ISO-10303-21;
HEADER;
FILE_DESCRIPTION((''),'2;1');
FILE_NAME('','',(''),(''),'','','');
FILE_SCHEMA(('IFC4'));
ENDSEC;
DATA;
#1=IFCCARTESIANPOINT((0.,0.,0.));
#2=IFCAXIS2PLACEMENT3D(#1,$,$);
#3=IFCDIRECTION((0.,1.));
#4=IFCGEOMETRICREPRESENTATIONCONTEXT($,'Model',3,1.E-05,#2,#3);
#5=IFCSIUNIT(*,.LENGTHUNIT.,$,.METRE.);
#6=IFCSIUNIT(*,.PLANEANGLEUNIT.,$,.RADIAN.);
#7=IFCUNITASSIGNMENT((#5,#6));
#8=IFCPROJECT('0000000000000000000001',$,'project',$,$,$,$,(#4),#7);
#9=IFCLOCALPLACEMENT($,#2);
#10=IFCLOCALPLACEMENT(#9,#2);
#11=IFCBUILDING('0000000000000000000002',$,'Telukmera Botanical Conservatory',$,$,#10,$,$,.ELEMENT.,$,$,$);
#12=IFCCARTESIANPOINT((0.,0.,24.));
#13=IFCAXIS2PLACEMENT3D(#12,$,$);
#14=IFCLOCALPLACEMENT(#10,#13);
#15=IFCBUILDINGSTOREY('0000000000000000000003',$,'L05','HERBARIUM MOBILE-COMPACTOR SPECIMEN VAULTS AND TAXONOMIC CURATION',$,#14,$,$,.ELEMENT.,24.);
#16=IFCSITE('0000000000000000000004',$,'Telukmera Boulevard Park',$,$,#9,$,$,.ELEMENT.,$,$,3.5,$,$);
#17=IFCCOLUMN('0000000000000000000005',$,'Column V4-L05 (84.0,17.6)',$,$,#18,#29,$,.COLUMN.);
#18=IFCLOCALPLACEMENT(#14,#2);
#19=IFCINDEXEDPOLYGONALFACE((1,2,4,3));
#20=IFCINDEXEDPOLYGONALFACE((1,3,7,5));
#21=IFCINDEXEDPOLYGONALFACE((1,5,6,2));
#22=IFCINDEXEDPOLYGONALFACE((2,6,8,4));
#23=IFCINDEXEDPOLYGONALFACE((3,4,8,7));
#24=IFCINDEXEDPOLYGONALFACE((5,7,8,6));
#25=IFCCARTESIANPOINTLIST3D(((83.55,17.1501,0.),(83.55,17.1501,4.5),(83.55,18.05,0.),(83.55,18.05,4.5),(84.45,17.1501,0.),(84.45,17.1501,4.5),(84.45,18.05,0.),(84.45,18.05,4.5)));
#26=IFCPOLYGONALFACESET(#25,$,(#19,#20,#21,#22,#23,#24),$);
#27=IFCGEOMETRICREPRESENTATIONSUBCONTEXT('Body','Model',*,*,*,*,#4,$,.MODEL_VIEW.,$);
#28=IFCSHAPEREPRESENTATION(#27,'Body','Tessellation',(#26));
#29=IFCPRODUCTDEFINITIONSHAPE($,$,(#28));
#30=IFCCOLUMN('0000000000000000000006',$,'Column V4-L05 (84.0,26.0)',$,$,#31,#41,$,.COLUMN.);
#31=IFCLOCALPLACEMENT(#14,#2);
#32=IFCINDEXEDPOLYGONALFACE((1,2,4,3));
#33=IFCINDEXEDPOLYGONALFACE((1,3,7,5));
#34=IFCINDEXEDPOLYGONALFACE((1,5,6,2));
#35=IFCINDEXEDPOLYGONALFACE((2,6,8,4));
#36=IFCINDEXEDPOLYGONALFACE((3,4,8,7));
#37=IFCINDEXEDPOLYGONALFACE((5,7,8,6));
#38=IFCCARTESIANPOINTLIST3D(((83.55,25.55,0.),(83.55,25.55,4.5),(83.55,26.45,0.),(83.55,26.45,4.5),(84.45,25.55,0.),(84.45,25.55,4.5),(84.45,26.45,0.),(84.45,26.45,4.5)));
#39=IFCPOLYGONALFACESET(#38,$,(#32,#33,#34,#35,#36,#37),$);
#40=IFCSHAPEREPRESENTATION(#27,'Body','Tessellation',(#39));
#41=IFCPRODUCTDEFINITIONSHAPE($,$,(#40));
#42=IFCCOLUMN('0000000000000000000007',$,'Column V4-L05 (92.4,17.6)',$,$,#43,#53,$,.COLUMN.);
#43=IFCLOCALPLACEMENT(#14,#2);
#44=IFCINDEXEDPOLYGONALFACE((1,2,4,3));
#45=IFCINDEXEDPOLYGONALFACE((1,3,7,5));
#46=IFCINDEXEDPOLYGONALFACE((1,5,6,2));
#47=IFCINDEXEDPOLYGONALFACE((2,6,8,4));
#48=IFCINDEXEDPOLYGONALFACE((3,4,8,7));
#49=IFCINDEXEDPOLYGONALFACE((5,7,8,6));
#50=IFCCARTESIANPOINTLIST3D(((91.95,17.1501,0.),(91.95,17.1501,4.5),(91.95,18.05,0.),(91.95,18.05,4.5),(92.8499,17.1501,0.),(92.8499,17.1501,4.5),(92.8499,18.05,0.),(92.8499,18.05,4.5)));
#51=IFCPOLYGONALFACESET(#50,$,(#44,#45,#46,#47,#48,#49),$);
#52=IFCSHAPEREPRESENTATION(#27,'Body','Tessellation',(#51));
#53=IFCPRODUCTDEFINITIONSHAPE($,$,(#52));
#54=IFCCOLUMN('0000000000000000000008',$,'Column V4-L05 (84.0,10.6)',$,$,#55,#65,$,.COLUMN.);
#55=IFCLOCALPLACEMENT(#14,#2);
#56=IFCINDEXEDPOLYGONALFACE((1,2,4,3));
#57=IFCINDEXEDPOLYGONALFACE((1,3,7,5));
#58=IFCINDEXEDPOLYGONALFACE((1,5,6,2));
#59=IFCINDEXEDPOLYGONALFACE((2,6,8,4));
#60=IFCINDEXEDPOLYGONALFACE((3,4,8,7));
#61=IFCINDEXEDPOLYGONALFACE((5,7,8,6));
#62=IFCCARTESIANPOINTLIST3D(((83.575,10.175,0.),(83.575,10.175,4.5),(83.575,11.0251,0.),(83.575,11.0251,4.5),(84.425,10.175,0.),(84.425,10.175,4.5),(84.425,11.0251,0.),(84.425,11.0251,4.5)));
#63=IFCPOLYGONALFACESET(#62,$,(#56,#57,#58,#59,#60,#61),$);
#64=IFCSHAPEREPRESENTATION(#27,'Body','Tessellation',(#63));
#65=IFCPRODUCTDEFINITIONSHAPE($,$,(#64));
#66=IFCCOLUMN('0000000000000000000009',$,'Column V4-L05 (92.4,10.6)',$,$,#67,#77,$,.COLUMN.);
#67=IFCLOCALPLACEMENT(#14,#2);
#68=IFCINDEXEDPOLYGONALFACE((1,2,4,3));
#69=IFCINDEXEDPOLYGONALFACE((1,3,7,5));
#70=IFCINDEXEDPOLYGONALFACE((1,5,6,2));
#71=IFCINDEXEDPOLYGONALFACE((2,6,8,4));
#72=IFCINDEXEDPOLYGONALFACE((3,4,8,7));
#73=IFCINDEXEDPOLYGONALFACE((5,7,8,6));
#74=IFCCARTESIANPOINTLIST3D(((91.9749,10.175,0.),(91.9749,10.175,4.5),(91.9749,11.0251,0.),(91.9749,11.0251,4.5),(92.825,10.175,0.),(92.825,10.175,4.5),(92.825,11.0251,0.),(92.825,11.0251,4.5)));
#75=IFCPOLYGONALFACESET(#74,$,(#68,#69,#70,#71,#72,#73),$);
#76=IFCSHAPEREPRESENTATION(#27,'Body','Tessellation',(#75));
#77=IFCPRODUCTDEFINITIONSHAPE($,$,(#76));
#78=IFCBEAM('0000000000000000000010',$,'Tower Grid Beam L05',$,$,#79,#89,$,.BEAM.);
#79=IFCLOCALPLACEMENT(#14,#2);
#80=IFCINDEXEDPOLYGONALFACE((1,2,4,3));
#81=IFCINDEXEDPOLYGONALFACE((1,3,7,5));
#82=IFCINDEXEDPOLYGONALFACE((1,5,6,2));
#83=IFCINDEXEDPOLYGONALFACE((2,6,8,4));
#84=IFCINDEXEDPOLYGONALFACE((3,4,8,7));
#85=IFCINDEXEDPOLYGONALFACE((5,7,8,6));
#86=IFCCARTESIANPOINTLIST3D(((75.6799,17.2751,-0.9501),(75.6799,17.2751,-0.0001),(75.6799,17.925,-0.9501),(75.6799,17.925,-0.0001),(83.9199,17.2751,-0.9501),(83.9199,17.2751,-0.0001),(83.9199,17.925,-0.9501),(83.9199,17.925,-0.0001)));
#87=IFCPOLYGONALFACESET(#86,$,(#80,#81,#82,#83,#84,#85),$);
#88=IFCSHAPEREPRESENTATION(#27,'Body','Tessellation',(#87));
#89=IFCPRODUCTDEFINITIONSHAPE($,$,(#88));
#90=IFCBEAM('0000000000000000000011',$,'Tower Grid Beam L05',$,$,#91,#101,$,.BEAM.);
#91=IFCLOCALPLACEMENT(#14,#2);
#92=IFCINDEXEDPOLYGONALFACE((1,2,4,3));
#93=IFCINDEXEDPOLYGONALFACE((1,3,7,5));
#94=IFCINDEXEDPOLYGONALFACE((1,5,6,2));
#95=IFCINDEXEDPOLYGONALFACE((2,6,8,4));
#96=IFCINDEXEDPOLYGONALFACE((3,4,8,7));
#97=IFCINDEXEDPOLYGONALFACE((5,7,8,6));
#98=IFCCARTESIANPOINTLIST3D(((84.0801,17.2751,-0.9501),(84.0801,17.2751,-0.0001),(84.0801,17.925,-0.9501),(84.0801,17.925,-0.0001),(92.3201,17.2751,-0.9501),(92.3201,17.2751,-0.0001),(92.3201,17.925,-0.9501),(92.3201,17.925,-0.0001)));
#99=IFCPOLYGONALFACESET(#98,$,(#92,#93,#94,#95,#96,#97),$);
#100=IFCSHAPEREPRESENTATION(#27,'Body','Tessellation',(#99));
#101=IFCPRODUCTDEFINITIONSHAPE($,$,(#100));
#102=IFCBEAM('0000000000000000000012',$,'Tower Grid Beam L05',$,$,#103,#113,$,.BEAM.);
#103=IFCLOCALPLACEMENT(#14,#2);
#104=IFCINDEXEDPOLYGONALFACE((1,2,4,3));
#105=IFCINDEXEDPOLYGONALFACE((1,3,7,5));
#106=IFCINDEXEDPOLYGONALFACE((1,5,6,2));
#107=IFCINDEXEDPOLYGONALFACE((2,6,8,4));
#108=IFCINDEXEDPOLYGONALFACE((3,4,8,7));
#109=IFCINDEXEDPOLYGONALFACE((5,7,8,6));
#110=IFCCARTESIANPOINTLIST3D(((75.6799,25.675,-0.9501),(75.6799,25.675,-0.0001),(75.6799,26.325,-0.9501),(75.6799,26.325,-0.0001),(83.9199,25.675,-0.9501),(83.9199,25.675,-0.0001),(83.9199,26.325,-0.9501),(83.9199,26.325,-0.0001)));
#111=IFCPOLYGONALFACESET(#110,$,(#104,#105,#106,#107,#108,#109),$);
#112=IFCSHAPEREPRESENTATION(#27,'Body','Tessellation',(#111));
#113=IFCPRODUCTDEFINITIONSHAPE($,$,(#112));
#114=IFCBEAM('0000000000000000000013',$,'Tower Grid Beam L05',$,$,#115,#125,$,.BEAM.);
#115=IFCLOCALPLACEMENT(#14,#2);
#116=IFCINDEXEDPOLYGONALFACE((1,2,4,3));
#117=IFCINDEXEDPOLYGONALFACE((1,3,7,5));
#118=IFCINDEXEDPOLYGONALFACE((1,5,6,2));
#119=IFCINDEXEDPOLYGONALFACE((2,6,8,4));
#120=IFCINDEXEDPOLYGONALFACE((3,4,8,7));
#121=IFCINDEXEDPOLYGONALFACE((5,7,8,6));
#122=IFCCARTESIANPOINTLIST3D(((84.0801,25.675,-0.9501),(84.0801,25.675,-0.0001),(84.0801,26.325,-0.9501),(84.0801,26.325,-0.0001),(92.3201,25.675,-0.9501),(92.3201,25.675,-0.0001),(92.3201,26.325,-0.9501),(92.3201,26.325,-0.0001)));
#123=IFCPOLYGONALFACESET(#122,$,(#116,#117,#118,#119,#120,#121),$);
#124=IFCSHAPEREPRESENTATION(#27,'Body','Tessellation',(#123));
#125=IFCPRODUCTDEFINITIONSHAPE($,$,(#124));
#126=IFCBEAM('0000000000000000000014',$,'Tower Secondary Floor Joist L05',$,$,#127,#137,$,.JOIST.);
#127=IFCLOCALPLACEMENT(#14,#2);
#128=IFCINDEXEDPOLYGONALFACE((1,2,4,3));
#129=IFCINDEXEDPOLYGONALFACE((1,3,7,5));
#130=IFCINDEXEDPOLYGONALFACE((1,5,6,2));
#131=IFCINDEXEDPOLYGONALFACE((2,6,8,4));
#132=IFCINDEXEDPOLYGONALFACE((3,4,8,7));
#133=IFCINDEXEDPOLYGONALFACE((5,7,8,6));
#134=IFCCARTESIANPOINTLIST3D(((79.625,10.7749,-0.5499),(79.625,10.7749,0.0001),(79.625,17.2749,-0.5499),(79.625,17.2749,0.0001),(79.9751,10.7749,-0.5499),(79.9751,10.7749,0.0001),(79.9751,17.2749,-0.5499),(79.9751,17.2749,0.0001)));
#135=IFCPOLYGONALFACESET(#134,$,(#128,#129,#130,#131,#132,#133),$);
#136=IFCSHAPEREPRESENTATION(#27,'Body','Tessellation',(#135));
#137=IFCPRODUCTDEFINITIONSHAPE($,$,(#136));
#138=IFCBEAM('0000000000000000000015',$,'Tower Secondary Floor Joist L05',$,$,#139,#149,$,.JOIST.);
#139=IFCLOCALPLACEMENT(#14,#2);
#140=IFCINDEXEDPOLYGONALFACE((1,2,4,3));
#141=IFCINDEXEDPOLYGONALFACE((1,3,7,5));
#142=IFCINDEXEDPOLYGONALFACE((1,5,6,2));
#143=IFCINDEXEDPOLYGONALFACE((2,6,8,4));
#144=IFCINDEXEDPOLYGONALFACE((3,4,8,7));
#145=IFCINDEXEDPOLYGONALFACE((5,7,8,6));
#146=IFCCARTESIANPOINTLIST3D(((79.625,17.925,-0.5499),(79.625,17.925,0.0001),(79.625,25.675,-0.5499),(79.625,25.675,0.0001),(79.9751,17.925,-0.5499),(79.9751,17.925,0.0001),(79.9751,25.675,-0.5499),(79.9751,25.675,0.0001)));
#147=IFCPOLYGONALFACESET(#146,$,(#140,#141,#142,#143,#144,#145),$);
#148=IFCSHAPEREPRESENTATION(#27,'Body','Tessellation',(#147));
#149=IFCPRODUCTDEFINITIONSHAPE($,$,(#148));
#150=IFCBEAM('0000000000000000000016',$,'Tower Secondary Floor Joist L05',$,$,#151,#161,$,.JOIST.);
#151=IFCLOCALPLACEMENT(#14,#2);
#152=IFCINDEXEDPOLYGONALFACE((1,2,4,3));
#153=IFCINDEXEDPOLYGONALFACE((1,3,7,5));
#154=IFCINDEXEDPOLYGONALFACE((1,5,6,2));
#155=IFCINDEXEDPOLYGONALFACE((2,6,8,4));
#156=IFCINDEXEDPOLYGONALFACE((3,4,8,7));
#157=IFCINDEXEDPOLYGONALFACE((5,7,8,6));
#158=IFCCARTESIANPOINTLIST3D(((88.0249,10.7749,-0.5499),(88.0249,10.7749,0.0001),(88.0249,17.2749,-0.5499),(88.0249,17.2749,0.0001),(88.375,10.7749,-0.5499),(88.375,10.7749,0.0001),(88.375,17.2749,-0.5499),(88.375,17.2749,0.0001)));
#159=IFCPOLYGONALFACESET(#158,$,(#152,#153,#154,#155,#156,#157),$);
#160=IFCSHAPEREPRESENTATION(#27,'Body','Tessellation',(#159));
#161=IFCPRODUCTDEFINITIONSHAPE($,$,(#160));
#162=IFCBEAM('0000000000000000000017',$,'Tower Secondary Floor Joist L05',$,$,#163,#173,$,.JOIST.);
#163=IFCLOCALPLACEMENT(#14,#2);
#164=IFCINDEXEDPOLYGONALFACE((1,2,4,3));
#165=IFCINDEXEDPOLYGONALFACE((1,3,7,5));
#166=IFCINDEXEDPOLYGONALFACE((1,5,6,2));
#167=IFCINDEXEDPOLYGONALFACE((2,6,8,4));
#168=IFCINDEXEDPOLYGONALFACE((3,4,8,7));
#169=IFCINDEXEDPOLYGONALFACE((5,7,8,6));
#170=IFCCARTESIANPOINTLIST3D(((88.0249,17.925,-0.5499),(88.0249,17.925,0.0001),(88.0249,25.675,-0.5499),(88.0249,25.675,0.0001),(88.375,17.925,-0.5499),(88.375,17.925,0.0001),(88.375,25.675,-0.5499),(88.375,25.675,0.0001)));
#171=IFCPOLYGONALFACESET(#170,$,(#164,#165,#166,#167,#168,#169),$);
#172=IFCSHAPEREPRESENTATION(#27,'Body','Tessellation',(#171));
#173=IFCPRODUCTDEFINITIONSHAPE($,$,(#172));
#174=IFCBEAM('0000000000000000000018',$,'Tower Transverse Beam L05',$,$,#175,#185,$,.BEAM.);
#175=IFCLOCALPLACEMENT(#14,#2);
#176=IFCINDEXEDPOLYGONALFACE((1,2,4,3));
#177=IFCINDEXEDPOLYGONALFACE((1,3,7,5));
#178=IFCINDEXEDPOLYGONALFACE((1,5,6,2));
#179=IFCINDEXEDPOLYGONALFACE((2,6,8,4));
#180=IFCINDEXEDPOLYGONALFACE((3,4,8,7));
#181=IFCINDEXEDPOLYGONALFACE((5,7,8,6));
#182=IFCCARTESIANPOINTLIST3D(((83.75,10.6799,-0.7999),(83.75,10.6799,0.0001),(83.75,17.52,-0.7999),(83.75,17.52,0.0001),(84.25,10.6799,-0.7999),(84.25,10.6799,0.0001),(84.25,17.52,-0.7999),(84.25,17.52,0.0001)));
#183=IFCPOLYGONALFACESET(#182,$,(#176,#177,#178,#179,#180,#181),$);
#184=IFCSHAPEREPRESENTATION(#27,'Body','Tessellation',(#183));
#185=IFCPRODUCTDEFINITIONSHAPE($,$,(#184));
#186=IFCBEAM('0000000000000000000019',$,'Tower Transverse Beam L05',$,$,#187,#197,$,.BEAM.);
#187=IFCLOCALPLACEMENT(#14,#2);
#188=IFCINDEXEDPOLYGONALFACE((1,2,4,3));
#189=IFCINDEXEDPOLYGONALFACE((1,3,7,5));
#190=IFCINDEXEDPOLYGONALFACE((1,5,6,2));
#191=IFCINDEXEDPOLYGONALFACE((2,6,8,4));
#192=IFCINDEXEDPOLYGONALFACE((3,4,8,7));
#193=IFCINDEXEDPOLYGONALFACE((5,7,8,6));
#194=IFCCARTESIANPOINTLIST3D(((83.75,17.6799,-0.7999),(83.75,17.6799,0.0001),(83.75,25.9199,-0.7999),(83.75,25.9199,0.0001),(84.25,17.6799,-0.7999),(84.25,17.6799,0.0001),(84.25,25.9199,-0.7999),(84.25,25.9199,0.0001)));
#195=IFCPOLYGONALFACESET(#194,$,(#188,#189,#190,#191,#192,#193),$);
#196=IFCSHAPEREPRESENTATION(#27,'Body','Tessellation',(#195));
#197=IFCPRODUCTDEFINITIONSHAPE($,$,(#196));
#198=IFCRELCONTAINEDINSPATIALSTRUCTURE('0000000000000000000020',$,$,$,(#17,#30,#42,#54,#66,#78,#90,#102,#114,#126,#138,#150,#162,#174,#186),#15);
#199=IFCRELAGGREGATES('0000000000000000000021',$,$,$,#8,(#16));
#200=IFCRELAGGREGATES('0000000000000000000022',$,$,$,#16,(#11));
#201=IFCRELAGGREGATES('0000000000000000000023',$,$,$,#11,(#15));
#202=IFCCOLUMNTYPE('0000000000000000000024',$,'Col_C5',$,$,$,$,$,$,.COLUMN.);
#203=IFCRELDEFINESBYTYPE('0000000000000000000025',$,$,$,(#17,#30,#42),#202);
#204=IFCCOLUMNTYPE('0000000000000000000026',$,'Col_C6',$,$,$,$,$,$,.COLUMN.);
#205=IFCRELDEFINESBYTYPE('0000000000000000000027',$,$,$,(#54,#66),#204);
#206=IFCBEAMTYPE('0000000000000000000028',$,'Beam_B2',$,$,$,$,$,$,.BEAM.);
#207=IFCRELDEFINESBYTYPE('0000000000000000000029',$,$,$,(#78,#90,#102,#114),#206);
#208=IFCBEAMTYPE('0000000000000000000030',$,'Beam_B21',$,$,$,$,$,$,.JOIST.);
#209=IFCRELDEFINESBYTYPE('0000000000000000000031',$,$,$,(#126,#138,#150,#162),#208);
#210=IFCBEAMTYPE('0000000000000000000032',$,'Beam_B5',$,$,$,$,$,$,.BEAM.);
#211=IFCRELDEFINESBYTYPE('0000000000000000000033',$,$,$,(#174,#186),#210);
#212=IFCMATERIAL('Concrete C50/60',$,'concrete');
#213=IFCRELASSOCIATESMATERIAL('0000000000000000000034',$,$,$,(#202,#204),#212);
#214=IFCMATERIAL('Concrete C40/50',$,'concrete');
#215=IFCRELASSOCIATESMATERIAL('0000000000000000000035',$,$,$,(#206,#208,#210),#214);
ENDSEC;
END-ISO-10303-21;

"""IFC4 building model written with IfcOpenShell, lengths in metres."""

from ifc_helpers import new_model, si_unit, direction, frame, origin, origin_2d, place, context, subcontext, project, spatial, rectangle, extrude, material, material_profile, profile_set, type_object, element, save


model = new_model("IFC4")

# Units and contexts
model_context = context("Model", 3, precision=1e-05, world=origin(), true_north=direction((0.0, 1.0)))
body_context = subcontext(model_context, "Body", "Model", "MODEL_VIEW")
ifc_project = project(units=[si_unit("LENGTHUNIT", "METRE"), si_unit("PLANEANGLEUNIT", "RADIAN")], contexts=[model_context])

# Site, building, storey
site_placement = place(None, origin())
site = spatial("IfcSite", under=ifc_project, at=site_placement, Name="Telukmera Boulevard Park", CompositionType="ELEMENT", RefElevation=3.5)
building_placement = place(site_placement, origin())
building = spatial("IfcBuilding", under=site, at=building_placement, Name="Telukmera Botanical Conservatory", CompositionType="ELEMENT")
storey_placement = place(building_placement, frame((0.0, 0.0, 24.0)))
storey = spatial("IfcBuildingStorey", under=building, at=storey_placement, Name="L05", Description="HERBARIUM MOBILE-COMPACTOR SPECIMEN VAULTS AND TAXONOMIC CURATION", CompositionType="ELEMENT", Elevation=24.0)

# Columns
ifc_material_1 = material(Name="Concrete C50/60", Category="concrete")
ifc_material_profile_1 = material_profile(ifc_material_1, rectangle(XDim=0.8999, YDim=0.8999, at=origin_2d()), Name="RC 900x900")
ifc_profile_set_1 = profile_set([ifc_material_profile_1], Name="Concrete C50/60")
column_type_1 = type_object("IfcColumnType", Name="Col_C5", PredefinedType="COLUMN", material=ifc_profile_set_1)
for number, where, z_axis, x_axis, name in (
    (1, (84.0, 17.6001, 0.0), (0.0, 0.0, 1.0), (1.0, 0.0, 0.0), "Column V4-L05 (84.0,17.6)"),
    (2, (84.0, 26.0, 0.0), (0.0, 0.0, 1.0), (1.0, 0.0, 0.0), "Column V4-L05 (84.0,26.0)"),
    (3, (92.3999, 17.6001, 0.0), (0.0, 0.0, 1.0), (1.0, 0.0, 0.0), "Column V4-L05 (92.4,17.6)"),
):
    element("IfcColumn", number, at=place(storey_placement, frame(where, z_axis=z_axis, x_axis=x_axis)), inside=storey, type_object=column_type_1, Name=name, PredefinedType="COLUMN", context=body_context, shape_type="SweptSolid", body=[
        extrude(rectangle(XDim=0.8999, YDim=0.8999, at=origin_2d()), origin(), (0.0, 0.0, 1.0), 4.5),
    ])
ifc_material_profile_2 = material_profile(ifc_material_1, rectangle(XDim=0.8501, YDim=0.8501, at=origin_2d()), Name="RC 850x850")
ifc_profile_set_2 = profile_set([ifc_material_profile_2], Name="Concrete C50/60")
column_type_2 = type_object("IfcColumnType", Name="Col_C6", PredefinedType="COLUMN", material=ifc_profile_set_2)
for number, where, z_axis, x_axis, name in (
    (4, (84.0, 10.6001, 0.0), (0.0, 0.0, 1.0), (1.0, 0.0, 0.0), "Column V4-L05 (84.0,10.6)"),
    (5, (92.3999, 10.6001, 0.0), (0.0, 0.0, 1.0), (1.0, 0.0, 0.0), "Column V4-L05 (92.4,10.6)"),
):
    element("IfcColumn", number, at=place(storey_placement, frame(where, z_axis=z_axis, x_axis=x_axis)), inside=storey, type_object=column_type_2, Name=name, PredefinedType="COLUMN", context=body_context, shape_type="SweptSolid", body=[
        extrude(rectangle(XDim=0.8501, YDim=0.8501, at=origin_2d()), origin(), (0.0, 0.0, 1.0), 4.5),
    ])

# Beams
ifc_material_2 = material(Name="Concrete C40/50", Category="concrete")
ifc_material_profile_3 = material_profile(ifc_material_2, rectangle(XDim=0.6499, YDim=0.95, at=origin_2d()), Name="RC 650x950")
ifc_profile_set_3 = profile_set([ifc_material_profile_3], Name="Concrete C40/50")
beam_type_1 = type_object("IfcBeamType", Name="Beam_B2", PredefinedType="BEAM", material=ifc_profile_set_3)
for number, where, z_axis, x_axis, name in (
    (6, (75.6799, 17.6001, -0.4751), (1.0, 0.0, 0.0), (0.0, 1.0, 0.0), "Tower Grid Beam L05"),
    (7, (84.0801, 17.6001, -0.4751), (1.0, 0.0, 0.0), (0.0, 1.0, 0.0), "Tower Grid Beam L05"),
    (8, (75.6799, 26.0, -0.4751), (1.0, 0.0, 0.0), (0.0, 1.0, 0.0), "Tower Grid Beam L05"),
    (9, (84.0801, 26.0, -0.4751), (1.0, 0.0, 0.0), (0.0, 1.0, 0.0), "Tower Grid Beam L05"),
):
    element("IfcBeam", number, at=place(storey_placement, frame(where, z_axis=z_axis, x_axis=x_axis)), inside=storey, type_object=beam_type_1, Name=name, PredefinedType="BEAM", context=body_context, shape_type="SweptSolid", body=[
        extrude(rectangle(XDim=0.6499, YDim=0.95, at=origin_2d()), origin(), (0.0, 0.0, 1.0), 8.24),
    ])
ifc_material_profile_4 = material_profile(ifc_material_2, rectangle(XDim=0.3501, YDim=0.55, at=origin_2d()), Name="RC 350x550")
ifc_profile_set_4 = profile_set([ifc_material_profile_4], Name="Concrete C40/50")
beam_type_2 = type_object("IfcBeamType", Name="Beam_B21", PredefinedType="JOIST", material=ifc_profile_set_4)
beam_1_placement = place(storey_placement, frame((79.8, 10.7749, -0.2749), z_axis=(0.0, 1.0, 0.0), x_axis=(-1.0, 0.0, 0.0)))
element("IfcBeam", 10, at=beam_1_placement, inside=storey, type_object=beam_type_2, Name="Tower Secondary Floor Joist L05", PredefinedType="JOIST", context=body_context, shape_type="SweptSolid", body=[
    extrude(rectangle(XDim=0.3501, YDim=0.55, at=origin_2d()), origin(), (0.0, 0.0, 1.0), 6.5),
])
beam_2_placement = place(storey_placement, frame((79.8, 17.925, -0.2749), z_axis=(0.0, 1.0, 0.0), x_axis=(-1.0, 0.0, 0.0)))
element("IfcBeam", 11, at=beam_2_placement, inside=storey, type_object=beam_type_2, Name="Tower Secondary Floor Joist L05", PredefinedType="JOIST", context=body_context, shape_type="SweptSolid", body=[
    extrude(rectangle(XDim=0.3501, YDim=0.55, at=origin_2d()), origin(), (0.0, 0.0, 1.0), 7.75),
])
beam_3_placement = place(storey_placement, frame((88.2, 10.7749, -0.2749), z_axis=(0.0, 1.0, 0.0), x_axis=(-1.0, 0.0, 0.0)))
element("IfcBeam", 12, at=beam_3_placement, inside=storey, type_object=beam_type_2, Name="Tower Secondary Floor Joist L05", PredefinedType="JOIST", context=body_context, shape_type="SweptSolid", body=[
    extrude(rectangle(XDim=0.3501, YDim=0.55, at=origin_2d()), origin(), (0.0, 0.0, 1.0), 6.5),
])
beam_4_placement = place(storey_placement, frame((88.2, 17.925, -0.2749), z_axis=(0.0, 1.0, 0.0), x_axis=(-1.0, 0.0, 0.0)))
element("IfcBeam", 13, at=beam_4_placement, inside=storey, type_object=beam_type_2, Name="Tower Secondary Floor Joist L05", PredefinedType="JOIST", context=body_context, shape_type="SweptSolid", body=[
    extrude(rectangle(XDim=0.3501, YDim=0.55, at=origin_2d()), origin(), (0.0, 0.0, 1.0), 7.75),
])
ifc_material_profile_5 = material_profile(ifc_material_2, rectangle(XDim=0.5, YDim=0.8, at=origin_2d()), Name="RC 500x800")
ifc_profile_set_5 = profile_set([ifc_material_profile_5], Name="Concrete C40/50")
beam_type_3 = type_object("IfcBeamType", Name="Beam_B5", PredefinedType="BEAM", material=ifc_profile_set_5)
beam_5_placement = place(storey_placement, frame((84.0, 10.6799, -0.3999), z_axis=(0.0, 1.0, 0.0), x_axis=(-1.0, 0.0, 0.0)))
element("IfcBeam", 14, at=beam_5_placement, inside=storey, type_object=beam_type_3, Name="Tower Transverse Beam L05", PredefinedType="BEAM", context=body_context, shape_type="SweptSolid", body=[
    extrude(rectangle(XDim=0.5, YDim=0.8, at=origin_2d()), origin(), (0.0, 0.0, 1.0), 6.8401),
])
beam_6_placement = place(storey_placement, frame((84.0, 17.6799, -0.3999), z_axis=(0.0, 1.0, 0.0), x_axis=(-1.0, 0.0, 0.0)))
element("IfcBeam", 15, at=beam_6_placement, inside=storey, type_object=beam_type_3, Name="Tower Transverse Beam L05", PredefinedType="BEAM", context=body_context, shape_type="SweptSolid", body=[
    extrude(rectangle(XDim=0.5, YDim=0.8, at=origin_2d()), origin(), (0.0, 0.0, 1.0), 8.24),
])

save(model, "model.ifc")
